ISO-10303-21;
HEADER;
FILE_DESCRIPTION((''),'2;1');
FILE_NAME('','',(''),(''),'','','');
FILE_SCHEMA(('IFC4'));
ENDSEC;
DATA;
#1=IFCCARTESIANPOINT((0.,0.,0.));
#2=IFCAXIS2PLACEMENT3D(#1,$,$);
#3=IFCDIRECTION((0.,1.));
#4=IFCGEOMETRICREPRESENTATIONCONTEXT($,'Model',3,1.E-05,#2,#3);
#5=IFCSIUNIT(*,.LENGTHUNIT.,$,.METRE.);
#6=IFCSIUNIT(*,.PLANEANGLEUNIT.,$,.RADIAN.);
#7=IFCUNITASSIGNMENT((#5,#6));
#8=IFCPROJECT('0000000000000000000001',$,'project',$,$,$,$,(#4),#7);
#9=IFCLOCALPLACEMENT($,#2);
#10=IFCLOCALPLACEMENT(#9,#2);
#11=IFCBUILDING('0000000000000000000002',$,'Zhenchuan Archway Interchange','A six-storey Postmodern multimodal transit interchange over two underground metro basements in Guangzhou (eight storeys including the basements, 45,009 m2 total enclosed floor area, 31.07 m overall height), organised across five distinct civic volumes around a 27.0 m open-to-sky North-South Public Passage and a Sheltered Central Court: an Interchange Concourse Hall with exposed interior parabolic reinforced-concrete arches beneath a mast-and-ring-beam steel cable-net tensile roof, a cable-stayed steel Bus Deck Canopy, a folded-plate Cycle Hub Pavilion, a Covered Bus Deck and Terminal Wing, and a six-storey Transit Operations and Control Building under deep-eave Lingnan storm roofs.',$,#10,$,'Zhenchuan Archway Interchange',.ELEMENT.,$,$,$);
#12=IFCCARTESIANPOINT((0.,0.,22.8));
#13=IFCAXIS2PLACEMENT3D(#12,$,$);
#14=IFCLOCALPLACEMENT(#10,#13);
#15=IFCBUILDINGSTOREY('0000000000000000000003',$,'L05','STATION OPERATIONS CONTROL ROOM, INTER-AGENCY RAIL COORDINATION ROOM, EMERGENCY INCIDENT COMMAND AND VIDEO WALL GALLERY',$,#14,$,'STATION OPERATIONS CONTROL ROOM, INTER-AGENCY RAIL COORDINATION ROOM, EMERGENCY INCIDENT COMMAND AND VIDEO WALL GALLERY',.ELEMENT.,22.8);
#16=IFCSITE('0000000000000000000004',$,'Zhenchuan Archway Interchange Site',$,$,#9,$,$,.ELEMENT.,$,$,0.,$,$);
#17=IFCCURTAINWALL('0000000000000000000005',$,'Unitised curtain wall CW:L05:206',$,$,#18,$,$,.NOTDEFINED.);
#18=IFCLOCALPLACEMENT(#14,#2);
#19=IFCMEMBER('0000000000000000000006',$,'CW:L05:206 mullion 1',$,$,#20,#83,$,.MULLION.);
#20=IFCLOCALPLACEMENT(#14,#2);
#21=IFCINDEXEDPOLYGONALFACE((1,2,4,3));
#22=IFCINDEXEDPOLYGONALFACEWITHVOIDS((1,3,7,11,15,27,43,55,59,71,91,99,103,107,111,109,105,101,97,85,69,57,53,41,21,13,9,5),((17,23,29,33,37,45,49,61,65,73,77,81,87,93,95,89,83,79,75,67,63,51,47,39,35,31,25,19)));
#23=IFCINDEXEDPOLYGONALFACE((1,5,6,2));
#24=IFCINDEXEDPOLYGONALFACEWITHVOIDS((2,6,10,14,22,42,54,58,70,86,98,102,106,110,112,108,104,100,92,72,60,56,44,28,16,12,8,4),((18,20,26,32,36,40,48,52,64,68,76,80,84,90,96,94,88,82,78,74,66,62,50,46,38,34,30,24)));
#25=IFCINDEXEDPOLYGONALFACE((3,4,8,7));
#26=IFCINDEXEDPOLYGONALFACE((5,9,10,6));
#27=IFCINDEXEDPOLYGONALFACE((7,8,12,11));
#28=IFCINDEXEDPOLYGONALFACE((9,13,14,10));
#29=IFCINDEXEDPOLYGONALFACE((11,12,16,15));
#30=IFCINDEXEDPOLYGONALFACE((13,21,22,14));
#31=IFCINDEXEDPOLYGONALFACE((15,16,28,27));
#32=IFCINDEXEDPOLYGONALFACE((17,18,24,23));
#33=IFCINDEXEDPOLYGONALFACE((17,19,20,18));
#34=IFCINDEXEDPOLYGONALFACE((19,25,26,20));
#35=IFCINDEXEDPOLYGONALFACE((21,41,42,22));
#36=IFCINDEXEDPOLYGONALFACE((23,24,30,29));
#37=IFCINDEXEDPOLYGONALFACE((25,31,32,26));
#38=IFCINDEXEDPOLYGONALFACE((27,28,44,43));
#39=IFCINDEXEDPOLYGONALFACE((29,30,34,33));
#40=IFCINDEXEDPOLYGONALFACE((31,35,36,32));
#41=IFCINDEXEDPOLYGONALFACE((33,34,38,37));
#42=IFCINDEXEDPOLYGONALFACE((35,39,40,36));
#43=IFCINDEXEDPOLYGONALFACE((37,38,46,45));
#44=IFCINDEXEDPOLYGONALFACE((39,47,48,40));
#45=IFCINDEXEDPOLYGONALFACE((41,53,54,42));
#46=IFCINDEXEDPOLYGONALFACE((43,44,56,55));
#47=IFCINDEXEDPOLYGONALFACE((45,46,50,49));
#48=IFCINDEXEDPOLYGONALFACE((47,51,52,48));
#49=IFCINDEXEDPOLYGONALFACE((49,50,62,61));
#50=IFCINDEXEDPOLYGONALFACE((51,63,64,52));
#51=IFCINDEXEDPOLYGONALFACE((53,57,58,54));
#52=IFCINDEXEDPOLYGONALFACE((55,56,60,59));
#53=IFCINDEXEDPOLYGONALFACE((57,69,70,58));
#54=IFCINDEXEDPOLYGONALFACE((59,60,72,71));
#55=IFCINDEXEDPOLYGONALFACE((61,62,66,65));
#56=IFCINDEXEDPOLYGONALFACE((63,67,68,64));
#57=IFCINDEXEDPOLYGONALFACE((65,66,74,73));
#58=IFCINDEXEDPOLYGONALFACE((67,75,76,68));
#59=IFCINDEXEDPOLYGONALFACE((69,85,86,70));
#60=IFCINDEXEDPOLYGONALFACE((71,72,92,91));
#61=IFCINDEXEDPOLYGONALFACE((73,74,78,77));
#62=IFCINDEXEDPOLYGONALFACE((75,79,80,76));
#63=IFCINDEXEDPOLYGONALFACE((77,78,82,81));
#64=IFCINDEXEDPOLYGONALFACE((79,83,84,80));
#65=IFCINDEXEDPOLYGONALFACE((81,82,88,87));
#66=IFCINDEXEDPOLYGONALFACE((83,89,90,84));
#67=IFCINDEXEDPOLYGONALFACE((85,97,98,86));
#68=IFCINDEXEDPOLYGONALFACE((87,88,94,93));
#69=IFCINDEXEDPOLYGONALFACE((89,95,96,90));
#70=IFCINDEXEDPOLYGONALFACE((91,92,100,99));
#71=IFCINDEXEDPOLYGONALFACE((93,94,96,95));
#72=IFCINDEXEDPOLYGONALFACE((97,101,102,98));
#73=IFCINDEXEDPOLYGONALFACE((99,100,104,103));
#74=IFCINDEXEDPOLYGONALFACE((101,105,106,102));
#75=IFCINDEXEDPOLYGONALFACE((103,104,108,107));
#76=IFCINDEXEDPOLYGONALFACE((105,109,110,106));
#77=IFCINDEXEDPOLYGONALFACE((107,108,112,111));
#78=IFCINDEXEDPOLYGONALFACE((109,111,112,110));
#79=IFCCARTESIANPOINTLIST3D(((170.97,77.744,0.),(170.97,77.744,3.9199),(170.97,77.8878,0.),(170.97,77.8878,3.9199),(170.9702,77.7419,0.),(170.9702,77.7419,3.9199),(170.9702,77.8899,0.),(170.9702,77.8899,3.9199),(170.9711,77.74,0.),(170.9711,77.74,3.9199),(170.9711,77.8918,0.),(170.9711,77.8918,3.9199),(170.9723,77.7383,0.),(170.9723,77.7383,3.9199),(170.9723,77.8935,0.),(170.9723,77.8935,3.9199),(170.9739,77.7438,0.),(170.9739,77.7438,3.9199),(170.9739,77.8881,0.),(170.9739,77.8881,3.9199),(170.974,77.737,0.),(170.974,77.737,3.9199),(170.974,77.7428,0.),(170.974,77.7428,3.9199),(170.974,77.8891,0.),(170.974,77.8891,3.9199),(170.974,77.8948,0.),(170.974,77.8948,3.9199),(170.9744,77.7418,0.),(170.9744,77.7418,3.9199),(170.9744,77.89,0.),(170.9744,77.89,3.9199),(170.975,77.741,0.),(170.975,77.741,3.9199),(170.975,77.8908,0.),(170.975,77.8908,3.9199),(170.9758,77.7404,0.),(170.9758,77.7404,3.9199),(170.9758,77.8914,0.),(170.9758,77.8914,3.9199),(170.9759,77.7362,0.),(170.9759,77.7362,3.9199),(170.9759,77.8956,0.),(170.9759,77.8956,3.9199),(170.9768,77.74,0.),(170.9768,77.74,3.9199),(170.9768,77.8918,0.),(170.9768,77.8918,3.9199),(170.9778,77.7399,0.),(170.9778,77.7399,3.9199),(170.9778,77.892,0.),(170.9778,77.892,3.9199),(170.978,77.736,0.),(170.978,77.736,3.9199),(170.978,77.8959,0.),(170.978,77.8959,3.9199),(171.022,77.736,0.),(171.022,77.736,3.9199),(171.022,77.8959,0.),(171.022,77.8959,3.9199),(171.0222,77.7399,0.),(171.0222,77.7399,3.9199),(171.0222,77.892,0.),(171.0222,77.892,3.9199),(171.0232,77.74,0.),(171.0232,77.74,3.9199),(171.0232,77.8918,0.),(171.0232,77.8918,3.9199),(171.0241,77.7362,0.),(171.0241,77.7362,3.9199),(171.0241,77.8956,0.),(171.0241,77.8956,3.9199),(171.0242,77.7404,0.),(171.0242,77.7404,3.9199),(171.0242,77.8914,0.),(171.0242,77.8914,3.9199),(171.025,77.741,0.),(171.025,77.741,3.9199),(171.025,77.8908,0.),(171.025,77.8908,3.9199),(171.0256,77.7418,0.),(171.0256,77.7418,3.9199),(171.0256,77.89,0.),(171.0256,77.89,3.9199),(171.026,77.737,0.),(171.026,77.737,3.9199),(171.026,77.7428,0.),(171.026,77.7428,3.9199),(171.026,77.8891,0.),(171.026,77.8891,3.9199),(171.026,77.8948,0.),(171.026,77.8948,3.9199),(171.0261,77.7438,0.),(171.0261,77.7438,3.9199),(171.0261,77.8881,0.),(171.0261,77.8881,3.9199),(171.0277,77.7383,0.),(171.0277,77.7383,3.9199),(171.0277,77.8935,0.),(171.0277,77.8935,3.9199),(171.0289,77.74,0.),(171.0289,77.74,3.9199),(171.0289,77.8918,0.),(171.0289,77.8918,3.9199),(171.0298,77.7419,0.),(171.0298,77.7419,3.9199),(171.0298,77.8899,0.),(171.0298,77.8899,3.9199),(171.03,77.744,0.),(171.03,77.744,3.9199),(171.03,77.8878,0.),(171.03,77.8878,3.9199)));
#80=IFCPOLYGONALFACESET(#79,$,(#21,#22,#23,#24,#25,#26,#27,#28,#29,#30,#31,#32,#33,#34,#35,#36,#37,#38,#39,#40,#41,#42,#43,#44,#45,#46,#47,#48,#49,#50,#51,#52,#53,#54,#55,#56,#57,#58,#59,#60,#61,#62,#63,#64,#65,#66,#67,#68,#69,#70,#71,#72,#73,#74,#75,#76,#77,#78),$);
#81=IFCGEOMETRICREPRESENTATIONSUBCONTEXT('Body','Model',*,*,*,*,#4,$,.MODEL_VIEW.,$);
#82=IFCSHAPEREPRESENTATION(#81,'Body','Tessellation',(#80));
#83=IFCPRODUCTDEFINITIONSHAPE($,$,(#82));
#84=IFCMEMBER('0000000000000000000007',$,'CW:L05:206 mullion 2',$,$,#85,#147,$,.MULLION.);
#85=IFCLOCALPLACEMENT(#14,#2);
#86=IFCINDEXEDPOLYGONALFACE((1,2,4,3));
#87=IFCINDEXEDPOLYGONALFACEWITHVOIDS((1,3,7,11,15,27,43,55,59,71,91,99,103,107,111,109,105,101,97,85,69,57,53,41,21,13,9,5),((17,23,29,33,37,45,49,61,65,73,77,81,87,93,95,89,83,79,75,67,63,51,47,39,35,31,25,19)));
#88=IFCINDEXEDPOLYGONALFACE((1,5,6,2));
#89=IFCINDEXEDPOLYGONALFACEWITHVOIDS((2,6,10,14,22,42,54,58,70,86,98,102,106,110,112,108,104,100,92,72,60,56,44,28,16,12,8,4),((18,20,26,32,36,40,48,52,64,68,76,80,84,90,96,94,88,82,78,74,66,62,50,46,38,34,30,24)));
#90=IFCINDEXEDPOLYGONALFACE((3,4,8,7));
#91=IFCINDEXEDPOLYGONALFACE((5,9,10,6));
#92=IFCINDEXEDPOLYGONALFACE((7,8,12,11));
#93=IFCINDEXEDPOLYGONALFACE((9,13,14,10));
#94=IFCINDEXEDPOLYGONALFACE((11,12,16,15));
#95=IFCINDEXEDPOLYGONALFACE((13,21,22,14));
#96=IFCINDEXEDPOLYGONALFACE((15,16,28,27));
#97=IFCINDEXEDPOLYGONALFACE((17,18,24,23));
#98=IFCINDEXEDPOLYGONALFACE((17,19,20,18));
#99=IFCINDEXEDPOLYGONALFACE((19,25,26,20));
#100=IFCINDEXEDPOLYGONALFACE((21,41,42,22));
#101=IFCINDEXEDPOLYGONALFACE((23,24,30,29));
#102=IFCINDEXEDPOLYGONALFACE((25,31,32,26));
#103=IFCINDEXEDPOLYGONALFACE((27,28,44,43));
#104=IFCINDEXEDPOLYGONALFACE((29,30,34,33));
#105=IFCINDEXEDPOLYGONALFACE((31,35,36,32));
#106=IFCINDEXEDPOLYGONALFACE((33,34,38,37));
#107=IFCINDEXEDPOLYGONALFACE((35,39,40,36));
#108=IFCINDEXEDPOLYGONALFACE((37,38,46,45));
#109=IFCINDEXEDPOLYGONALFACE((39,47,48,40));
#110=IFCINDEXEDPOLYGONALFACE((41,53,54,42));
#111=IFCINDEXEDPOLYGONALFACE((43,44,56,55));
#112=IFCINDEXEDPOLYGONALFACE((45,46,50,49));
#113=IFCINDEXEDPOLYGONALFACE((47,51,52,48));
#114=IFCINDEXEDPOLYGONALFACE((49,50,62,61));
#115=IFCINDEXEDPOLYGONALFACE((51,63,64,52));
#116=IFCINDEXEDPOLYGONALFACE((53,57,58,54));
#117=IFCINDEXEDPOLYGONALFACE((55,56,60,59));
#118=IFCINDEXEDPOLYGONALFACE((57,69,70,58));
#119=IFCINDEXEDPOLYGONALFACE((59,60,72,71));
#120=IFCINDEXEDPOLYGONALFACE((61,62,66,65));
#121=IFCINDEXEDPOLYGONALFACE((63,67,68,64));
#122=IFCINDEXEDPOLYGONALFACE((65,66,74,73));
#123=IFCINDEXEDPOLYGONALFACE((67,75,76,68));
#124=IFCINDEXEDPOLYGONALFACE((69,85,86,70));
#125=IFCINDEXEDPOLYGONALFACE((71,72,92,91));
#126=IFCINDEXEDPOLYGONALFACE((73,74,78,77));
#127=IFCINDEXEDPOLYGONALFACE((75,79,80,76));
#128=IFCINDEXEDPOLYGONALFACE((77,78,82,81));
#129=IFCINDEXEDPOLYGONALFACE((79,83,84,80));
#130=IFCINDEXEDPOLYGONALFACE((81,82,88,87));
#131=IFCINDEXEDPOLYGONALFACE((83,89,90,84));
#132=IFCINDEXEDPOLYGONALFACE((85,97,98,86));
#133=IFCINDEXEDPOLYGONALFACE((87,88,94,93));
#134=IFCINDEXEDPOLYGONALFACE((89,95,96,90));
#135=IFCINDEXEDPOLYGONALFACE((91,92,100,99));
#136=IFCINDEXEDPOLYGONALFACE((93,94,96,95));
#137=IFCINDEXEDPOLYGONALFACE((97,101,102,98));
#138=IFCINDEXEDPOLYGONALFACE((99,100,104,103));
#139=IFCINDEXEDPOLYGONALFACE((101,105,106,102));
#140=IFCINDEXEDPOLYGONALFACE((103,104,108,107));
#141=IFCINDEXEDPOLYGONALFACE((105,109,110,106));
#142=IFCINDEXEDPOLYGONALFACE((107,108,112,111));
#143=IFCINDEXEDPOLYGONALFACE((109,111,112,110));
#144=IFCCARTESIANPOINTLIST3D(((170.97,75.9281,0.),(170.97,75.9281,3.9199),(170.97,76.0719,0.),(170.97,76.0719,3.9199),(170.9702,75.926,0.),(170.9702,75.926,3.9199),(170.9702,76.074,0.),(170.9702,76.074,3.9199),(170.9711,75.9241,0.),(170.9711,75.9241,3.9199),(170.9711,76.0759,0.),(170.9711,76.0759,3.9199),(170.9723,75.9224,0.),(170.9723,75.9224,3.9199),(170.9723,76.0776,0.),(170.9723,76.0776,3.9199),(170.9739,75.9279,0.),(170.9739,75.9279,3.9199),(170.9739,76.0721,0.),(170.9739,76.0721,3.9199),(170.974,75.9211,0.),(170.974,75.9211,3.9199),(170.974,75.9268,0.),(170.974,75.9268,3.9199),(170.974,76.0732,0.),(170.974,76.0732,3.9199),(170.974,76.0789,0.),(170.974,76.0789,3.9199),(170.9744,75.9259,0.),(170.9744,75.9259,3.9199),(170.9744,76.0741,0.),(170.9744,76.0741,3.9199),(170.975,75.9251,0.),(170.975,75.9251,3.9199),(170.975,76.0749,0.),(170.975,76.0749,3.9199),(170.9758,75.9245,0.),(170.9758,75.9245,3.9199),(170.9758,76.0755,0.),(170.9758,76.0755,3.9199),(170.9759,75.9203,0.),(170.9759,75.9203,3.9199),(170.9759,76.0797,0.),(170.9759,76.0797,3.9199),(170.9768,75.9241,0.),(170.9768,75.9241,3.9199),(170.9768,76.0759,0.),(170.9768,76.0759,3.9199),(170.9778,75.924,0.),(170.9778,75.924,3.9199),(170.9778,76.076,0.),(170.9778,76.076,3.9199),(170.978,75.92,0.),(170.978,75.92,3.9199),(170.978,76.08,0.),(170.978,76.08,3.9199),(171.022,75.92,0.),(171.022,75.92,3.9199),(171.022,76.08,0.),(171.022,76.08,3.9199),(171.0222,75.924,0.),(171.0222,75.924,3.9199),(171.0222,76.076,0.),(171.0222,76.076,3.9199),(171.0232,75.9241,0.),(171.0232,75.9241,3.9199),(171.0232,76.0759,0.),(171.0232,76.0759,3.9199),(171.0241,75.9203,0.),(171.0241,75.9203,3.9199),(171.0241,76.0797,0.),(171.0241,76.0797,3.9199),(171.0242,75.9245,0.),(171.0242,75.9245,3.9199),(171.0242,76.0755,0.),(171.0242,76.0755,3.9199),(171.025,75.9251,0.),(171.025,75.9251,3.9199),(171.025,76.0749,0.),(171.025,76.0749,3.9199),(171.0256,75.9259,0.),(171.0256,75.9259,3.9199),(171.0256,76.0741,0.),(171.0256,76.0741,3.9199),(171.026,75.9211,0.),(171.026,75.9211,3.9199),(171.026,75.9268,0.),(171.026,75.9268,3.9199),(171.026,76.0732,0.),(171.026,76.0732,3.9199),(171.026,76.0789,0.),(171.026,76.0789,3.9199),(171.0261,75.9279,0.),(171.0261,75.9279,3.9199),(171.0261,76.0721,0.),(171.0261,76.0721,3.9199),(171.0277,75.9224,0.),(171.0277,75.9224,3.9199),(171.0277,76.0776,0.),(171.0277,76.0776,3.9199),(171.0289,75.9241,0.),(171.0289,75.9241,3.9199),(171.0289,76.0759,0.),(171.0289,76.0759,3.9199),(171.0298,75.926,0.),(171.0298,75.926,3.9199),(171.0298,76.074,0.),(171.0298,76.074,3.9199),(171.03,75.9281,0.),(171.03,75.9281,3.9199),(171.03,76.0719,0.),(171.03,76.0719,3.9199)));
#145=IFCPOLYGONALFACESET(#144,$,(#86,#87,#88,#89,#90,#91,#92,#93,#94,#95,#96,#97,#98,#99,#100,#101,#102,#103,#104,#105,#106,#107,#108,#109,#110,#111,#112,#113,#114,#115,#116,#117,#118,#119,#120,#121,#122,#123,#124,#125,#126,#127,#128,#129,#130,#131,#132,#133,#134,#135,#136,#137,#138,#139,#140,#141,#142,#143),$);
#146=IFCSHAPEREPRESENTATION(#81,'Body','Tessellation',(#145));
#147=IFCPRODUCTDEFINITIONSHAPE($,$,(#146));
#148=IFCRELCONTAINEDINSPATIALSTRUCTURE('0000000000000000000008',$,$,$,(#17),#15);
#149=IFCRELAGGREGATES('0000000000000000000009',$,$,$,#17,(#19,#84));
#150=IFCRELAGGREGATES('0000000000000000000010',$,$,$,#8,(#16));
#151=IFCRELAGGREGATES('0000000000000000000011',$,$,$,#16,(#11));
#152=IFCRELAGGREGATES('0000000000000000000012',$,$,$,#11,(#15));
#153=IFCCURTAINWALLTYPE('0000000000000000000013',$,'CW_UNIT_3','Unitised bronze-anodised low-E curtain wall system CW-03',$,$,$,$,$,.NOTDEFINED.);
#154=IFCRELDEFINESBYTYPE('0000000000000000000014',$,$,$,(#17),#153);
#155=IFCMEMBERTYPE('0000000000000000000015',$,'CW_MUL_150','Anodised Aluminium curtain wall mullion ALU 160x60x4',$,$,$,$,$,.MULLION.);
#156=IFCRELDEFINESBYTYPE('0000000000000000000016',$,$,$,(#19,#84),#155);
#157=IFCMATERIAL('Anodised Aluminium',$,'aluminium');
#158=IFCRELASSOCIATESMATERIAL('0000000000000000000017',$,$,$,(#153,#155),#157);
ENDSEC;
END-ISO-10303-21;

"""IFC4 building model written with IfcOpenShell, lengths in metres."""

from ifc_helpers import new_model, si_unit, direction, frame, origin, origin_2d, place, context, subcontext, project, spatial, hollow_rectangle, extrude, material, material_profile, profile_set, type_object, element, aggregate, save


model = new_model("IFC4")

# Units and contexts
model_context = context("Model", 3, precision=1e-05, world=origin(), true_north=direction((0.0, 1.0)))
body_context = subcontext(model_context, "Body", "Model", "MODEL_VIEW")
ifc_project = project(units=[si_unit("LENGTHUNIT", "METRE"), si_unit("PLANEANGLEUNIT", "RADIAN")], contexts=[model_context])

# Site, building, storey
site_placement = place(None, origin())
site = spatial("IfcSite", under=ifc_project, at=site_placement, Name="Zhenchuan Archway Interchange Site", CompositionType="ELEMENT", RefElevation=0.0)
building_placement = place(site_placement, origin())
building = spatial("IfcBuilding", under=site, at=building_placement, Name="Zhenchuan Archway Interchange", Description="A six-storey Postmodern multimodal transit interchange over two underground metro basements in Guangzhou (eight storeys including the basements, 45,009 m2 total enclosed floor area, 31.07 m overall height), organised across five distinct civic volumes around a 27.0 m open-to-sky North-South Public Passage and a Sheltered Central Court: an Interchange Concourse Hall with exposed interior parabolic reinforced-concrete arches beneath a mast-and-ring-beam steel cable-net tensile roof, a cable-stayed steel Bus Deck Canopy, a folded-plate Cycle Hub Pavilion, a Covered Bus Deck and Terminal Wing, and a six-storey Transit Operations and Control Building under deep-eave Lingnan storm roofs.", LongName="Zhenchuan Archway Interchange", CompositionType="ELEMENT")
storey_placement = place(building_placement, frame((0.0, 0.0, 22.8)))
storey = spatial("IfcBuildingStorey", under=building, at=storey_placement, Name="L05", Description="STATION OPERATIONS CONTROL ROOM, INTER-AGENCY RAIL COORDINATION ROOM, EMERGENCY INCIDENT COMMAND AND VIDEO WALL GALLERY", LongName="STATION OPERATIONS CONTROL ROOM, INTER-AGENCY RAIL COORDINATION ROOM, EMERGENCY INCIDENT COMMAND AND VIDEO WALL GALLERY", CompositionType="ELEMENT", Elevation=22.8)

# Curtain wall, members
ifc_material_1 = material(Name="Anodised Aluminium", Category="aluminium")
curtain_wall_type = type_object("IfcCurtainWallType", Name="CW_UNIT_3", Description="Unitised bronze-anodised low-E curtain wall system CW-03", PredefinedType="NOTDEFINED", material=ifc_material_1)
curtain_wall_placement = place(storey_placement, origin())
curtain_wall = element("IfcCurtainWall", 1, at=curtain_wall_placement, inside=storey, type_object=curtain_wall_type, Name="Unitised curtain wall CW:L05:206", PredefinedType="NOTDEFINED")
ifc_material_profile_1 = material_profile(ifc_material_1, hollow_rectangle(XDim=0.0601, YDim=0.1599, WallThickness=0.0039, InnerFilletRadius=0.0039, OuterFilletRadius=0.0081, at=origin_2d()), Name="ALU 160x60x4")
ifc_profile_set_1 = profile_set([ifc_material_profile_1], Name="Anodised Aluminium")
member_type_1 = type_object("IfcMemberType", Name="CW_MUL_150", Description="Anodised Aluminium curtain wall mullion ALU 160x60x4", PredefinedType="MULLION", material=ifc_profile_set_1)
member_1_placement = place(storey_placement, frame((171.0, 77.8159, 0.0), z_axis=(0.0, 0.0, 1.0), x_axis=(1.0, 0.0, 0.0)))
member_1 = element("IfcMember", 2, at=member_1_placement, type_object=member_type_1, Name="CW:L05:206 mullion 1", PredefinedType="MULLION", context=body_context, shape_type="SweptSolid", body=[
    extrude(hollow_rectangle(XDim=0.0601, YDim=0.1599, WallThickness=0.0039, InnerFilletRadius=0.0039, OuterFilletRadius=0.0081, at=origin_2d()), origin(), (0.0, 0.0, 1.0), 3.9199),
])
member_2_placement = place(storey_placement, frame((171.0, 76.0, 0.0), z_axis=(0.0, 0.0, 1.0), x_axis=(1.0, 0.0, 0.0)))
member_2 = element("IfcMember", 3, at=member_2_placement, type_object=member_type_1, Name="CW:L05:206 mullion 2", PredefinedType="MULLION", context=body_context, shape_type="SweptSolid", body=[
    extrude(hollow_rectangle(XDim=0.0601, YDim=0.1599, WallThickness=0.0039, InnerFilletRadius=0.0039, OuterFilletRadius=0.0081, at=origin_2d()), origin(), (0.0, 0.0, 1.0), 3.9199),
])

aggregate(curtain_wall, [member_1, member_2])

save(model, "model.ifc")
